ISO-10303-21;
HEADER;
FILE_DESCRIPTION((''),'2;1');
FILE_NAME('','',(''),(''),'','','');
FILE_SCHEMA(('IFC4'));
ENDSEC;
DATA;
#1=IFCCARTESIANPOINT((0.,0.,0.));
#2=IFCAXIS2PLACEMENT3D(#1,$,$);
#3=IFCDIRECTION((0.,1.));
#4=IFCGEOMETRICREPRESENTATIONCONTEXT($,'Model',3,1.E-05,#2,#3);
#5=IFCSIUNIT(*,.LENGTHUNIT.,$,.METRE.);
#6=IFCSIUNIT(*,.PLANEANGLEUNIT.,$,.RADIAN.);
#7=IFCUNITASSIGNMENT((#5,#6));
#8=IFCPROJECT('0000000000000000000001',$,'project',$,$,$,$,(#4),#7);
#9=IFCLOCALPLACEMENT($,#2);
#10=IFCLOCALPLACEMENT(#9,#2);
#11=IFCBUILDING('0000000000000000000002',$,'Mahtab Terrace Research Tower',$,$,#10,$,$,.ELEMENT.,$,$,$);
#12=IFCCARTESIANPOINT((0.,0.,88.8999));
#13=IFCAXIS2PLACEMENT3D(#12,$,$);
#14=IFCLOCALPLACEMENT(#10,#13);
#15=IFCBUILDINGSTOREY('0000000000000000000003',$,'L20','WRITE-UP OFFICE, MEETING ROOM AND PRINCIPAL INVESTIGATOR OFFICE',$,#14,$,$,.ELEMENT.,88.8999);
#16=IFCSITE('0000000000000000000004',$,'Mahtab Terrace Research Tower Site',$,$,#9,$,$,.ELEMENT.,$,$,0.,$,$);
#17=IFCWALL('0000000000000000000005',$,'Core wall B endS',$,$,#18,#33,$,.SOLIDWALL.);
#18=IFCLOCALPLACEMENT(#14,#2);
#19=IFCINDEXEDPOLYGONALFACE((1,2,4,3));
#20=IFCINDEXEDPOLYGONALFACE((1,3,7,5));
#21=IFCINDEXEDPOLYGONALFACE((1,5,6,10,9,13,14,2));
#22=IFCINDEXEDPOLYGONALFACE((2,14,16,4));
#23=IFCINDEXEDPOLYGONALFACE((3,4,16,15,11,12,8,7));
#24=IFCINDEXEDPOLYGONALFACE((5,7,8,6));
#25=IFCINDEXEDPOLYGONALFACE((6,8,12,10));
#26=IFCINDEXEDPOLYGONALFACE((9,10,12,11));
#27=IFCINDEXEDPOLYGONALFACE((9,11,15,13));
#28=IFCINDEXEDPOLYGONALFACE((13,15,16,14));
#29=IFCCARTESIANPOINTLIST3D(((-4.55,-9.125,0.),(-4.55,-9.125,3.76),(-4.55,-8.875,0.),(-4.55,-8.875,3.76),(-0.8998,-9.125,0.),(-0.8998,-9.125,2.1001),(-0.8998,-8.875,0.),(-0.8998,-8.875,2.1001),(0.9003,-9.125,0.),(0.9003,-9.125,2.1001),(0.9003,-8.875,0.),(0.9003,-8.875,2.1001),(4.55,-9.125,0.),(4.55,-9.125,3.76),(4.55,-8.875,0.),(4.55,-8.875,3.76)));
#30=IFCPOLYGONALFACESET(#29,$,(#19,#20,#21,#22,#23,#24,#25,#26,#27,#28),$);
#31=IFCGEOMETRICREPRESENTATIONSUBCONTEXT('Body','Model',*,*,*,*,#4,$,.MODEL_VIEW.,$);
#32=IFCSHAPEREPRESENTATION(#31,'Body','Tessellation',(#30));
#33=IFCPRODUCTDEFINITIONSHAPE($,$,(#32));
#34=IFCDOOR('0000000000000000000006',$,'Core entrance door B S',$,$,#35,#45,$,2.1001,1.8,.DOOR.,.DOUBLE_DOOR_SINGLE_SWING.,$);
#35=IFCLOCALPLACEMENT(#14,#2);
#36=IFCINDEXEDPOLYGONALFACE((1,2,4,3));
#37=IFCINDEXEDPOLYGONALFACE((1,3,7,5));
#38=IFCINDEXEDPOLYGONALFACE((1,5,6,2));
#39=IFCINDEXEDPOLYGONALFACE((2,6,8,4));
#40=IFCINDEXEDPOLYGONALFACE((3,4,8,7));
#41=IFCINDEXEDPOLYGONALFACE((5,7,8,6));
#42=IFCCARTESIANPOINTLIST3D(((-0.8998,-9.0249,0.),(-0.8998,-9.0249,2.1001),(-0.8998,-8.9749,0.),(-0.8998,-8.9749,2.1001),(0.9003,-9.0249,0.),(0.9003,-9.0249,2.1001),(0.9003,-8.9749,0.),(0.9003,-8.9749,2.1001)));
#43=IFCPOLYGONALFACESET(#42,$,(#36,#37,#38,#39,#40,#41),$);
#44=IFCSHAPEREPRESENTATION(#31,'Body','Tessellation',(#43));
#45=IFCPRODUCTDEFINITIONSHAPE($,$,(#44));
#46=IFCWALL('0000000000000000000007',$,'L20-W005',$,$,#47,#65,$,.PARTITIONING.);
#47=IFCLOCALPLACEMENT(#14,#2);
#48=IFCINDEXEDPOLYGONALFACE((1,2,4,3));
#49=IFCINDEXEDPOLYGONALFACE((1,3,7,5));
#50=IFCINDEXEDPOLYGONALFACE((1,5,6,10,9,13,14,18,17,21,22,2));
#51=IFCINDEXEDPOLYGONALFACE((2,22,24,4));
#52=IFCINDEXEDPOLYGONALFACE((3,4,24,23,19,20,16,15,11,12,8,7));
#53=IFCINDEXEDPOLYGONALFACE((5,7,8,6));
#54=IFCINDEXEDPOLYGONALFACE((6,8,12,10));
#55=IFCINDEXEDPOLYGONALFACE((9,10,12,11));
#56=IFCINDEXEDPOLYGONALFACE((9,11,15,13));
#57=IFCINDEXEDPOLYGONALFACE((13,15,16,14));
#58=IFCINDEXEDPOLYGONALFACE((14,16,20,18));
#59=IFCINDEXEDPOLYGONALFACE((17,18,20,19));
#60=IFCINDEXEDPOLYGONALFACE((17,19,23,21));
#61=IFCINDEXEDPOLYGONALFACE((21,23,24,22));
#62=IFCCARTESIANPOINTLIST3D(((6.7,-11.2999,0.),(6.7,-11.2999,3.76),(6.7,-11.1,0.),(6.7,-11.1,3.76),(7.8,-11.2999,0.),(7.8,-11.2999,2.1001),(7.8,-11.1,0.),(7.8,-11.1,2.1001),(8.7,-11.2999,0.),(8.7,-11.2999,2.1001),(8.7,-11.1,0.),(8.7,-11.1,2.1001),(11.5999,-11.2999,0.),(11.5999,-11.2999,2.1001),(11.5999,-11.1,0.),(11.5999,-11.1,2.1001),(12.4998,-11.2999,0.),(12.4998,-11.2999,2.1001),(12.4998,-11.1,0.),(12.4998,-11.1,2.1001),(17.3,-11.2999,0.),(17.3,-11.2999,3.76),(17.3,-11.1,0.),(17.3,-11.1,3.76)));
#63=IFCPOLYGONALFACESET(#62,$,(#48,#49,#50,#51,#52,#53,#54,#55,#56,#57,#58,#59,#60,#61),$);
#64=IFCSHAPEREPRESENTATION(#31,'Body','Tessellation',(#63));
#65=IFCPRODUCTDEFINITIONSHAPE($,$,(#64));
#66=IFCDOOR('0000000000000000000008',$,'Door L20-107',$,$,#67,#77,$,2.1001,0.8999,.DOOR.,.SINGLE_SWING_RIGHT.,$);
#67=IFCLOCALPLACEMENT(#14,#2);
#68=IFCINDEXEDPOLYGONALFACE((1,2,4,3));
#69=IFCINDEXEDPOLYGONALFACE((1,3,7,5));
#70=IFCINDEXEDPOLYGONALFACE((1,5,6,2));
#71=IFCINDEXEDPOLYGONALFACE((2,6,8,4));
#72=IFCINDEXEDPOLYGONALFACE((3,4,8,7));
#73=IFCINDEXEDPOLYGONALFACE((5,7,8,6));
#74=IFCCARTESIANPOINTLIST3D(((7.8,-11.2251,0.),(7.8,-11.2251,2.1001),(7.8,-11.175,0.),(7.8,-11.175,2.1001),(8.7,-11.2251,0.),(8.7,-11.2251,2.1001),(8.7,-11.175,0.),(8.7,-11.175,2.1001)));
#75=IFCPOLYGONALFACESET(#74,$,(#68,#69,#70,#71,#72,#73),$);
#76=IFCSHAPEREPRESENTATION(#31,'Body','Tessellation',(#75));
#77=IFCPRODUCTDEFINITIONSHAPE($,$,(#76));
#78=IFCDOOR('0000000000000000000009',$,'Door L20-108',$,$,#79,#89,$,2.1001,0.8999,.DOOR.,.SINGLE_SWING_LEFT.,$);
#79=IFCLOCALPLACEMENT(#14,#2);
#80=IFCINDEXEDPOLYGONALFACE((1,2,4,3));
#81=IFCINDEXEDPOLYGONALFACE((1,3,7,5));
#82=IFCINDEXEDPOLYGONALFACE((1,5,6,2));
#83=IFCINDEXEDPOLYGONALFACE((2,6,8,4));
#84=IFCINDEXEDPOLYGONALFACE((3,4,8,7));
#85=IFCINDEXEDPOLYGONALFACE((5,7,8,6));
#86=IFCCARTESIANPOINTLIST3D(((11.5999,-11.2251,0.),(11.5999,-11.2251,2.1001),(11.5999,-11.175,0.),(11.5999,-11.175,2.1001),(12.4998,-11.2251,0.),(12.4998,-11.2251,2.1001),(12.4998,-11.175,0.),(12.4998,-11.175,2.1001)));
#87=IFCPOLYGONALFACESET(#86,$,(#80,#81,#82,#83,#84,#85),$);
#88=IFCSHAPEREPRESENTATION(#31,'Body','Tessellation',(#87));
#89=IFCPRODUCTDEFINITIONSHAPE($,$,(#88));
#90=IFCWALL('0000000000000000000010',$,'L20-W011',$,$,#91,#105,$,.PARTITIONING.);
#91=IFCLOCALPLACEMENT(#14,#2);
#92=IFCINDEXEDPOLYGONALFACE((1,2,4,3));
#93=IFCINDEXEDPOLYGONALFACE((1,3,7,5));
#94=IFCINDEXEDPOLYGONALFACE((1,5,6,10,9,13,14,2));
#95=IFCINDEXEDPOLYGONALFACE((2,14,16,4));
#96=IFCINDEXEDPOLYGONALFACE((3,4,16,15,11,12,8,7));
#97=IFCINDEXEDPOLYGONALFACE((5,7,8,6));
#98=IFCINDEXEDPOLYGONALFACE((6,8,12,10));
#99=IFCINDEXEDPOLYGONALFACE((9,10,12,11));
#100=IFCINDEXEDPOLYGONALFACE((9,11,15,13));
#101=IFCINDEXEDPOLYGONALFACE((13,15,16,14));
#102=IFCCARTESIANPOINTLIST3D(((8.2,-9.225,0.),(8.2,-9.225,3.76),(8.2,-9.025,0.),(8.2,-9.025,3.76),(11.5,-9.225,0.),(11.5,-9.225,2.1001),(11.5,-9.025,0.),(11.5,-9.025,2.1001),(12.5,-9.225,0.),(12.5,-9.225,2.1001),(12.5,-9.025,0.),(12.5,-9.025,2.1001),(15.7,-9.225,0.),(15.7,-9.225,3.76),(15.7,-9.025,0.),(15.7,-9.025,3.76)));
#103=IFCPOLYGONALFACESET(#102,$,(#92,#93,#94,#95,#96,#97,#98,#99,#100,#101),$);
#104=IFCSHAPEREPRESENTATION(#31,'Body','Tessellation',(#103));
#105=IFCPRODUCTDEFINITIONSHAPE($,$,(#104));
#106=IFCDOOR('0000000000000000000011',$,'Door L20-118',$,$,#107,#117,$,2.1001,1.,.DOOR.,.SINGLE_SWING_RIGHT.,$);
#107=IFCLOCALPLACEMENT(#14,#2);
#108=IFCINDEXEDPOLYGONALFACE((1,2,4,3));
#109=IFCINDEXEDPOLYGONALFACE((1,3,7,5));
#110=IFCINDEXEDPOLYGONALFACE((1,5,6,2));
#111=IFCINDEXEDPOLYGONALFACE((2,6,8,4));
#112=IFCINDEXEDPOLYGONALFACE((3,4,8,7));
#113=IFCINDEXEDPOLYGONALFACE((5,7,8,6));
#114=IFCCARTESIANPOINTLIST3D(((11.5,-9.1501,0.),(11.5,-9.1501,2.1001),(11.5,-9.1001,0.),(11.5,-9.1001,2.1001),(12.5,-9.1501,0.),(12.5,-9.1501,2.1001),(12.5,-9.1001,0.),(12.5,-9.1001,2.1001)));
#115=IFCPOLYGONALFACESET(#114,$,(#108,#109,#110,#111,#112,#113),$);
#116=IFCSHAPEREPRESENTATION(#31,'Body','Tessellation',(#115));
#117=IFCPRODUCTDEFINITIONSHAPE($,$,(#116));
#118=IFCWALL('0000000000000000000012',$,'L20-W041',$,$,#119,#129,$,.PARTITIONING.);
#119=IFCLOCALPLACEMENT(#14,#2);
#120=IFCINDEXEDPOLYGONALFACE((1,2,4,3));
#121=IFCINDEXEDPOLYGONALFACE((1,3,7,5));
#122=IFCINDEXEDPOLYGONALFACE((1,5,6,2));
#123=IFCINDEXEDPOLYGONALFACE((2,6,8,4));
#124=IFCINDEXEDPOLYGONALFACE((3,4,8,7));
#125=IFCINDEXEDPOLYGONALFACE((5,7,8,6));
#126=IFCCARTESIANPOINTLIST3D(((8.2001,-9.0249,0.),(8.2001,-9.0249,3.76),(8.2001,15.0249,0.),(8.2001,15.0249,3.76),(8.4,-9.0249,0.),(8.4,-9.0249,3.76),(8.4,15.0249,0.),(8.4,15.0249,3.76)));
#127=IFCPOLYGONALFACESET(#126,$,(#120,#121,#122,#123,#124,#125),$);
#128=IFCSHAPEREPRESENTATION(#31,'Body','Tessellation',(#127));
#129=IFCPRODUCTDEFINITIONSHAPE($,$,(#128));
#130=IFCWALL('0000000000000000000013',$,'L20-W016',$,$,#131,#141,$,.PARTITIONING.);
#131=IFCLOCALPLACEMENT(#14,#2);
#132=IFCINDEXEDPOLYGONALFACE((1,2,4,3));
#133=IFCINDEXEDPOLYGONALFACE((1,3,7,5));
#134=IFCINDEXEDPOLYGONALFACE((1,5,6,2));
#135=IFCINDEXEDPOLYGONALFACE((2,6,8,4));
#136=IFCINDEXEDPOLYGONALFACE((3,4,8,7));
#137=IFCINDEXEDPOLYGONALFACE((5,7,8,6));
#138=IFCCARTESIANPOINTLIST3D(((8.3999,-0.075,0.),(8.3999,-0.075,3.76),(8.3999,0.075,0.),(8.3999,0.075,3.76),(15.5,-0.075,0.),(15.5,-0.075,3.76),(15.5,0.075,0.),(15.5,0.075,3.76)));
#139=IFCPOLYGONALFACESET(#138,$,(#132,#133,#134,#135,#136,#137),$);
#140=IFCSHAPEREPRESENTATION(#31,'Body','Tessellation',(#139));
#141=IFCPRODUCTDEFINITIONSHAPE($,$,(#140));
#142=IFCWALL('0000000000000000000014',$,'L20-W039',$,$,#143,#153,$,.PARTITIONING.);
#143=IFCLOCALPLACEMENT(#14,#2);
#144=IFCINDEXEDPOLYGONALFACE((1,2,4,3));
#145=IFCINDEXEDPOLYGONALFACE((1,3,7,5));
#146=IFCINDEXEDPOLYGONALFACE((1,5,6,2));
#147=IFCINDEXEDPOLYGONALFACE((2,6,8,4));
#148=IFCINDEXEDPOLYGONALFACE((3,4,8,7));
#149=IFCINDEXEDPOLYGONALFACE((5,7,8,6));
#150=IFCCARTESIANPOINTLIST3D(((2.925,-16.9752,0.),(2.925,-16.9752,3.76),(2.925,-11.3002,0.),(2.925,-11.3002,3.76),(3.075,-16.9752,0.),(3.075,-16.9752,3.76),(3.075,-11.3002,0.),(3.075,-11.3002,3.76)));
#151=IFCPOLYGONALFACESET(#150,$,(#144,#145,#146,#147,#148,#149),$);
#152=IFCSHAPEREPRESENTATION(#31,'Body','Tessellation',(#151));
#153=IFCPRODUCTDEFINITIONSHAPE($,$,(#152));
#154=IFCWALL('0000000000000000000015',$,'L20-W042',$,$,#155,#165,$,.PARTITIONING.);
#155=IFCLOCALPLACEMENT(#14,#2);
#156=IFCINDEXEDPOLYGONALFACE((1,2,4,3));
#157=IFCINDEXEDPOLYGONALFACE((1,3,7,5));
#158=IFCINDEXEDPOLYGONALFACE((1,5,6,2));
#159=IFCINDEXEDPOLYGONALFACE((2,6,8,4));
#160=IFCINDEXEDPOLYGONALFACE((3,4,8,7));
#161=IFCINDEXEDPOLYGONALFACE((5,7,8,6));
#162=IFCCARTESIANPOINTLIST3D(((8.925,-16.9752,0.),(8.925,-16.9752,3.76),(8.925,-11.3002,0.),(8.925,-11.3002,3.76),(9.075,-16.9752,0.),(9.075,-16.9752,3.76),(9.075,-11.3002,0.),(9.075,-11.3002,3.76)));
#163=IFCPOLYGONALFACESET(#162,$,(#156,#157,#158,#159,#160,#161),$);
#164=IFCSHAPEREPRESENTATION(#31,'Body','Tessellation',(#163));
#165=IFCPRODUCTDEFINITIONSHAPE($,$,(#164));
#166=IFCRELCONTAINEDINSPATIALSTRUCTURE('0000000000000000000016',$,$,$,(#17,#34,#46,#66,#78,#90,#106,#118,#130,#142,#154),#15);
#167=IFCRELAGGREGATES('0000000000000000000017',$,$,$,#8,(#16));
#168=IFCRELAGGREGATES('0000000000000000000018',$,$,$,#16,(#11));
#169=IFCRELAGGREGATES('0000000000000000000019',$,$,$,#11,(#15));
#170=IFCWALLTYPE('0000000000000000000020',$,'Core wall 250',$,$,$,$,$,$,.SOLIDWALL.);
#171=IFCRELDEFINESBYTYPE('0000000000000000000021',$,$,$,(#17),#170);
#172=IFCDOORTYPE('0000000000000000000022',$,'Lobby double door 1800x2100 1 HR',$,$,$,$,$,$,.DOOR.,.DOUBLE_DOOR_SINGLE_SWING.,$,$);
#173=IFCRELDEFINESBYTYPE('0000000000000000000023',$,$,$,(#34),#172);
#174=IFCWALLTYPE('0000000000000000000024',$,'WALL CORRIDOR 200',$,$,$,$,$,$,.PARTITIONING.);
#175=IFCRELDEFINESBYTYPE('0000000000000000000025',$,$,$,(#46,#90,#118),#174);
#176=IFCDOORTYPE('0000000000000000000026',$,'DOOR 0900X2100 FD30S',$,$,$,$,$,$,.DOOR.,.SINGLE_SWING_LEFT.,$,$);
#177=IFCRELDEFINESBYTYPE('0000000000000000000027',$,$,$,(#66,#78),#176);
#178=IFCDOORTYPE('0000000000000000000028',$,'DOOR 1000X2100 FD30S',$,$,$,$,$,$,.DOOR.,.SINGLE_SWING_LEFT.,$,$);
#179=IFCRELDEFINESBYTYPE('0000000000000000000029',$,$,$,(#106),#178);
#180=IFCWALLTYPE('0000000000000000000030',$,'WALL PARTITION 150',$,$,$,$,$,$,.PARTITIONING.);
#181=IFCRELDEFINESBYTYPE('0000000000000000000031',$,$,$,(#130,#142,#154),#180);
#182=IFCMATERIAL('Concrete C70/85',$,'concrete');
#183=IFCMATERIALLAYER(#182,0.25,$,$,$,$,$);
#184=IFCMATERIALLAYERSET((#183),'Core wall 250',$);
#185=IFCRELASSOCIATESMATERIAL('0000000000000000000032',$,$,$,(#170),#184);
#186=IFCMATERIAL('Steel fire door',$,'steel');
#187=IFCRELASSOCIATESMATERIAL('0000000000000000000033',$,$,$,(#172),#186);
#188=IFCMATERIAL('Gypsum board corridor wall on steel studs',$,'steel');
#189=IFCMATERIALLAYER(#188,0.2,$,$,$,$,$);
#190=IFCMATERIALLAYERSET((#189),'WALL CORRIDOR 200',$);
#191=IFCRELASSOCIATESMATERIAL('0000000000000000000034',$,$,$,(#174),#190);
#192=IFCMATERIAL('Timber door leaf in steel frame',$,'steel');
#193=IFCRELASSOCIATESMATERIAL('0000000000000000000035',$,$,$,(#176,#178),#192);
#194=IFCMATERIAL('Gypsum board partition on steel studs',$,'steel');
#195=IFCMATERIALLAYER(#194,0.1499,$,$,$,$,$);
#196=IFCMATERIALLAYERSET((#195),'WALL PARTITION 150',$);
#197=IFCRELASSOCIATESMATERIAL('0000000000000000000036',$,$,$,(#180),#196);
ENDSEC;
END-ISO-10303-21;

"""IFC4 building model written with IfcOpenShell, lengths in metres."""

from ifc_helpers import new_model, si_unit, direction, frame, frame_2d, origin, place, context, subcontext, project, spatial, rectangle, extrude, material, layer, layer_set, type_object, element, fill, save


model = new_model("IFC4")

# Units and contexts
model_context = context("Model", 3, precision=1e-05, world=origin(), true_north=direction((0.0, 1.0)))
body_context = subcontext(model_context, "Body", "Model", "MODEL_VIEW")
ifc_project = project(units=[si_unit("LENGTHUNIT", "METRE"), si_unit("PLANEANGLEUNIT", "RADIAN")], contexts=[model_context])

# Site, building, storey
site_placement = place(None, origin())
site = spatial("IfcSite", under=ifc_project, at=site_placement, Name="Mahtab Terrace Research Tower Site", CompositionType="ELEMENT", RefElevation=0.0)
building_placement = place(site_placement, origin())
building = spatial("IfcBuilding", under=site, at=building_placement, Name="Mahtab Terrace Research Tower", CompositionType="ELEMENT")
storey_placement = place(building_placement, frame((0.0, 0.0, 88.8999)))
storey = spatial("IfcBuildingStorey", under=building, at=storey_placement, Name="L20", Description="WRITE-UP OFFICE, MEETING ROOM AND PRINCIPAL INVESTIGATOR OFFICE", CompositionType="ELEMENT", Elevation=88.8999)

# Shared definitions
ifc_material_1 = material(Name="Concrete C70/85", Category="concrete")

# Shared definitions
ifc_layer_1 = layer(ifc_material_1, 0.25)
ifc_layer_set_1 = layer_set([ifc_layer_1], Name="Core wall 250")
wall_type_1 = type_object("IfcWallType", Name="Core wall 250", PredefinedType="SOLIDWALL", material=ifc_layer_set_1)

# Wall, opening, door
wall_1_placement = place(storey_placement, frame((4.55, -9.0, 0.0), z_axis=(0.0, 0.0, 1.0), x_axis=(-1.0, 0.0, 0.0)))
wall_1 = element("IfcWall", 1, at=wall_1_placement, inside=storey, type_object=wall_type_1, Name="Core wall B endS", PredefinedType="SOLIDWALL", context=body_context, shape_type="SweptSolid", body=[
    extrude(rectangle(XDim=9.1001, YDim=0.25, at=frame_2d((4.55, 0.0))), origin(), (0.0, 0.0, 1.0), 3.76),
])
opening_1_placement = place(wall_1_placement, frame((3.6499, 0.0, 0.0)))
opening_1 = element("IfcOpeningElement", 2, at=opening_1_placement, cuts=wall_1, PredefinedType="OPENING", context=body_context, shape_type="SweptSolid", body=[
    extrude(rectangle(XDim=1.8, YDim=2.1001, at=frame_2d((0.8999, 1.05))), frame((0.0, 0.135, 0.0), z_axis=(0.0, -1.0, 0.0), x_axis=(1.0, 0.0, 0.0)), (0.0, 0.0, 1.0), 0.27),
])
ifc_material_2 = material(Name="Steel fire door", Category="steel")
door_type_1 = type_object("IfcDoorType", Name="Lobby double door 1800x2100 1 HR", OperationType="DOUBLE_DOOR_SINGLE_SWING", PredefinedType="DOOR", material=ifc_material_2)
door_1_placement = place(opening_1_placement, origin())
door_1 = element("IfcDoor", 3, at=door_1_placement, inside=storey, type_object=door_type_1, Name="Core entrance door B S", OperationType="DOUBLE_DOOR_SINGLE_SWING", OverallHeight=2.1001, OverallWidth=1.8, PredefinedType="DOOR", context=body_context, shape_type="SweptSolid", body=[
    extrude(rectangle(XDim=1.8, YDim=2.1001, at=frame_2d((0.8999, 1.05))), frame((0.0, 0.0249, 0.0), z_axis=(0.0, -1.0, 0.0), x_axis=(1.0, 0.0, 0.0)), (0.0, 0.0, 1.0), 0.05),
])
fill(opening_1, door_1)

# Wall, openings, doors
ifc_material_3 = material(Name="Gypsum board corridor wall on steel studs", Category="steel")
ifc_layer_2 = layer(ifc_material_3, 0.2)
ifc_layer_set_2 = layer_set([ifc_layer_2], Name="WALL CORRIDOR 200")
wall_type_2 = type_object("IfcWallType", Name="WALL CORRIDOR 200", PredefinedType="PARTITIONING", material=ifc_layer_set_2)
wall_2_placement = place(storey_placement, frame((6.7, -11.2, 0.0), z_axis=(0.0, 0.0, 1.0), x_axis=(1.0, 0.0, 0.0)))
wall_2 = element("IfcWall", 4, at=wall_2_placement, inside=storey, type_object=wall_type_2, Name="L20-W005", PredefinedType="PARTITIONING", context=body_context, shape_type="SweptSolid", body=[
    extrude(rectangle(XDim=10.6001, YDim=0.2, at=frame_2d((5.3, 0.0))), origin(), (0.0, 0.0, 1.0), 3.76),
])
opening_2_placement = place(wall_2_placement, frame((1.1001, 0.0, 0.0)))
opening_2 = element("IfcOpeningElement", 5, at=opening_2_placement, cuts=wall_2, PredefinedType="OPENING", context=body_context, shape_type="SweptSolid", body=[
    extrude(rectangle(XDim=0.8999, YDim=2.1001, at=frame_2d((0.45, 1.05))), frame((0.0, 0.1099, 0.0), z_axis=(0.0, -1.0, 0.0), x_axis=(1.0, 0.0, 0.0)), (0.0, 0.0, 1.0), 0.22),
])
opening_3_placement = place(wall_2_placement, frame((4.8999, 0.0, 0.0)))
opening_3 = element("IfcOpeningElement", 6, at=opening_3_placement, cuts=wall_2, PredefinedType="OPENING", context=body_context, shape_type="SweptSolid", body=[
    extrude(rectangle(XDim=0.8999, YDim=2.1001, at=frame_2d((0.45, 1.05))), frame((0.0, 0.1099, 0.0), z_axis=(0.0, -1.0, 0.0), x_axis=(1.0, 0.0, 0.0)), (0.0, 0.0, 1.0), 0.22),
])
ifc_material_4 = material(Name="Timber door leaf in steel frame", Category="steel")
door_type_2 = type_object("IfcDoorType", Name="DOOR 0900X2100 FD30S", OperationType="SINGLE_SWING_LEFT", PredefinedType="DOOR", material=ifc_material_4)
door_2_placement = place(opening_2_placement, origin())
door_2 = element("IfcDoor", 7, at=door_2_placement, inside=storey, type_object=door_type_2, Name="Door L20-107", OperationType="SINGLE_SWING_RIGHT", OverallHeight=2.1001, OverallWidth=0.8999, PredefinedType="DOOR", context=body_context, shape_type="SweptSolid", body=[
    extrude(rectangle(XDim=0.8999, YDim=2.1001, at=frame_2d((0.45, 1.05))), frame((0.0, 0.0249, 0.0), z_axis=(0.0, -1.0, 0.0), x_axis=(1.0, 0.0, 0.0)), (0.0, 0.0, 1.0), 0.05),
])
fill(opening_2, door_2)
door_3_placement = place(opening_3_placement, origin())
door_3 = element("IfcDoor", 8, at=door_3_placement, inside=storey, type_object=door_type_2, Name="Door L20-108", OperationType="SINGLE_SWING_LEFT", OverallHeight=2.1001, OverallWidth=0.8999, PredefinedType="DOOR", context=body_context, shape_type="SweptSolid", body=[
    extrude(rectangle(XDim=0.8999, YDim=2.1001, at=frame_2d((0.45, 1.05))), frame((0.0, 0.0249, 0.0), z_axis=(0.0, -1.0, 0.0), x_axis=(1.0, 0.0, 0.0)), (0.0, 0.0, 1.0), 0.05),
])
fill(opening_3, door_3)

# Wall, opening, door
wall_3_placement = place(storey_placement, frame((8.2, -9.125, 0.0), z_axis=(0.0, 0.0, 1.0), x_axis=(1.0, 0.0, 0.0)))
wall_3 = element("IfcWall", 9, at=wall_3_placement, inside=storey, type_object=wall_type_2, Name="L20-W011", PredefinedType="PARTITIONING", context=body_context, shape_type="SweptSolid", body=[
    extrude(rectangle(XDim=7.5, YDim=0.2, at=frame_2d((3.75, 0.0))), origin(), (0.0, 0.0, 1.0), 3.76),
])
opening_4_placement = place(wall_3_placement, frame((3.3, 0.0, 0.0)))
opening_4 = element("IfcOpeningElement", 10, at=opening_4_placement, cuts=wall_3, PredefinedType="OPENING", context=body_context, shape_type="SweptSolid", body=[
    extrude(rectangle(XDim=1.0, YDim=2.1001, at=frame_2d((0.5, 1.05))), frame((0.0, 0.1099, 0.0), z_axis=(0.0, -1.0, 0.0), x_axis=(1.0, 0.0, 0.0)), (0.0, 0.0, 1.0), 0.22),
])
door_type_3 = type_object("IfcDoorType", Name="DOOR 1000X2100 FD30S", OperationType="SINGLE_SWING_LEFT", PredefinedType="DOOR", material=ifc_material_4)
door_4_placement = place(opening_4_placement, origin())
door_4 = element("IfcDoor", 11, at=door_4_placement, inside=storey, type_object=door_type_3, Name="Door L20-118", OperationType="SINGLE_SWING_RIGHT", OverallHeight=2.1001, OverallWidth=1.0, PredefinedType="DOOR", context=body_context, shape_type="SweptSolid", body=[
    extrude(rectangle(XDim=1.0, YDim=2.1001, at=frame_2d((0.5, 1.05))), frame((0.0, 0.0249, 0.0), z_axis=(0.0, -1.0, 0.0), x_axis=(1.0, 0.0, 0.0)), (0.0, 0.0, 1.0), 0.05),
])
fill(opening_4, door_4)

# Walls
wall_4_placement = place(storey_placement, frame((8.3, -9.0249, 0.0), z_axis=(0.0, 0.0, 1.0), x_axis=(0.0, 1.0, 0.0)))
element("IfcWall", 12, at=wall_4_placement, inside=storey, type_object=wall_type_2, Name="L20-W041", PredefinedType="PARTITIONING", context=body_context, shape_type="SweptSolid", body=[
    extrude(rectangle(XDim=24.0498, YDim=0.2, at=frame_2d((12.0249, 0.0))), origin(), (0.0, 0.0, 1.0), 3.76),
])
ifc_material_5 = material(Name="Gypsum board partition on steel studs", Category="steel")
ifc_layer_3 = layer(ifc_material_5, 0.1499)
ifc_layer_set_3 = layer_set([ifc_layer_3], Name="WALL PARTITION 150")
wall_type_3 = type_object("IfcWallType", Name="WALL PARTITION 150", PredefinedType="PARTITIONING", material=ifc_layer_set_3)
wall_5_placement = place(storey_placement, frame((8.3999, 0.0, 0.0), z_axis=(0.0, 0.0, 1.0), x_axis=(1.0, 0.0, 0.0)))
element("IfcWall", 13, at=wall_5_placement, inside=storey, type_object=wall_type_3, Name="L20-W016", PredefinedType="PARTITIONING", context=body_context, shape_type="SweptSolid", body=[
    extrude(rectangle(XDim=7.1001, YDim=0.1499, at=frame_2d((3.55, 0.0))), origin(), (0.0, 0.0, 1.0), 3.76),
])
for number, where, z_axis, x_axis, name in (
    (14, (3.0, -16.9751, 0.0), (0.0, 0.0, 1.0), (0.0, 1.0, 0.0), "L20-W039"),
    (15, (9.0, -16.9751, 0.0), (0.0, 0.0, 1.0), (0.0, 1.0, 0.0), "L20-W042"),
):
    element("IfcWall", number, at=place(storey_placement, frame(where, z_axis=z_axis, x_axis=x_axis)), inside=storey, type_object=wall_type_3, Name=name, PredefinedType="PARTITIONING", context=body_context, shape_type="SweptSolid", body=[
        extrude(rectangle(XDim=5.675, YDim=0.1499, at=frame_2d((2.8374, 0.0))), origin(), (0.0, 0.0, 1.0), 3.76),
    ])

save(model, "model.ifc")
